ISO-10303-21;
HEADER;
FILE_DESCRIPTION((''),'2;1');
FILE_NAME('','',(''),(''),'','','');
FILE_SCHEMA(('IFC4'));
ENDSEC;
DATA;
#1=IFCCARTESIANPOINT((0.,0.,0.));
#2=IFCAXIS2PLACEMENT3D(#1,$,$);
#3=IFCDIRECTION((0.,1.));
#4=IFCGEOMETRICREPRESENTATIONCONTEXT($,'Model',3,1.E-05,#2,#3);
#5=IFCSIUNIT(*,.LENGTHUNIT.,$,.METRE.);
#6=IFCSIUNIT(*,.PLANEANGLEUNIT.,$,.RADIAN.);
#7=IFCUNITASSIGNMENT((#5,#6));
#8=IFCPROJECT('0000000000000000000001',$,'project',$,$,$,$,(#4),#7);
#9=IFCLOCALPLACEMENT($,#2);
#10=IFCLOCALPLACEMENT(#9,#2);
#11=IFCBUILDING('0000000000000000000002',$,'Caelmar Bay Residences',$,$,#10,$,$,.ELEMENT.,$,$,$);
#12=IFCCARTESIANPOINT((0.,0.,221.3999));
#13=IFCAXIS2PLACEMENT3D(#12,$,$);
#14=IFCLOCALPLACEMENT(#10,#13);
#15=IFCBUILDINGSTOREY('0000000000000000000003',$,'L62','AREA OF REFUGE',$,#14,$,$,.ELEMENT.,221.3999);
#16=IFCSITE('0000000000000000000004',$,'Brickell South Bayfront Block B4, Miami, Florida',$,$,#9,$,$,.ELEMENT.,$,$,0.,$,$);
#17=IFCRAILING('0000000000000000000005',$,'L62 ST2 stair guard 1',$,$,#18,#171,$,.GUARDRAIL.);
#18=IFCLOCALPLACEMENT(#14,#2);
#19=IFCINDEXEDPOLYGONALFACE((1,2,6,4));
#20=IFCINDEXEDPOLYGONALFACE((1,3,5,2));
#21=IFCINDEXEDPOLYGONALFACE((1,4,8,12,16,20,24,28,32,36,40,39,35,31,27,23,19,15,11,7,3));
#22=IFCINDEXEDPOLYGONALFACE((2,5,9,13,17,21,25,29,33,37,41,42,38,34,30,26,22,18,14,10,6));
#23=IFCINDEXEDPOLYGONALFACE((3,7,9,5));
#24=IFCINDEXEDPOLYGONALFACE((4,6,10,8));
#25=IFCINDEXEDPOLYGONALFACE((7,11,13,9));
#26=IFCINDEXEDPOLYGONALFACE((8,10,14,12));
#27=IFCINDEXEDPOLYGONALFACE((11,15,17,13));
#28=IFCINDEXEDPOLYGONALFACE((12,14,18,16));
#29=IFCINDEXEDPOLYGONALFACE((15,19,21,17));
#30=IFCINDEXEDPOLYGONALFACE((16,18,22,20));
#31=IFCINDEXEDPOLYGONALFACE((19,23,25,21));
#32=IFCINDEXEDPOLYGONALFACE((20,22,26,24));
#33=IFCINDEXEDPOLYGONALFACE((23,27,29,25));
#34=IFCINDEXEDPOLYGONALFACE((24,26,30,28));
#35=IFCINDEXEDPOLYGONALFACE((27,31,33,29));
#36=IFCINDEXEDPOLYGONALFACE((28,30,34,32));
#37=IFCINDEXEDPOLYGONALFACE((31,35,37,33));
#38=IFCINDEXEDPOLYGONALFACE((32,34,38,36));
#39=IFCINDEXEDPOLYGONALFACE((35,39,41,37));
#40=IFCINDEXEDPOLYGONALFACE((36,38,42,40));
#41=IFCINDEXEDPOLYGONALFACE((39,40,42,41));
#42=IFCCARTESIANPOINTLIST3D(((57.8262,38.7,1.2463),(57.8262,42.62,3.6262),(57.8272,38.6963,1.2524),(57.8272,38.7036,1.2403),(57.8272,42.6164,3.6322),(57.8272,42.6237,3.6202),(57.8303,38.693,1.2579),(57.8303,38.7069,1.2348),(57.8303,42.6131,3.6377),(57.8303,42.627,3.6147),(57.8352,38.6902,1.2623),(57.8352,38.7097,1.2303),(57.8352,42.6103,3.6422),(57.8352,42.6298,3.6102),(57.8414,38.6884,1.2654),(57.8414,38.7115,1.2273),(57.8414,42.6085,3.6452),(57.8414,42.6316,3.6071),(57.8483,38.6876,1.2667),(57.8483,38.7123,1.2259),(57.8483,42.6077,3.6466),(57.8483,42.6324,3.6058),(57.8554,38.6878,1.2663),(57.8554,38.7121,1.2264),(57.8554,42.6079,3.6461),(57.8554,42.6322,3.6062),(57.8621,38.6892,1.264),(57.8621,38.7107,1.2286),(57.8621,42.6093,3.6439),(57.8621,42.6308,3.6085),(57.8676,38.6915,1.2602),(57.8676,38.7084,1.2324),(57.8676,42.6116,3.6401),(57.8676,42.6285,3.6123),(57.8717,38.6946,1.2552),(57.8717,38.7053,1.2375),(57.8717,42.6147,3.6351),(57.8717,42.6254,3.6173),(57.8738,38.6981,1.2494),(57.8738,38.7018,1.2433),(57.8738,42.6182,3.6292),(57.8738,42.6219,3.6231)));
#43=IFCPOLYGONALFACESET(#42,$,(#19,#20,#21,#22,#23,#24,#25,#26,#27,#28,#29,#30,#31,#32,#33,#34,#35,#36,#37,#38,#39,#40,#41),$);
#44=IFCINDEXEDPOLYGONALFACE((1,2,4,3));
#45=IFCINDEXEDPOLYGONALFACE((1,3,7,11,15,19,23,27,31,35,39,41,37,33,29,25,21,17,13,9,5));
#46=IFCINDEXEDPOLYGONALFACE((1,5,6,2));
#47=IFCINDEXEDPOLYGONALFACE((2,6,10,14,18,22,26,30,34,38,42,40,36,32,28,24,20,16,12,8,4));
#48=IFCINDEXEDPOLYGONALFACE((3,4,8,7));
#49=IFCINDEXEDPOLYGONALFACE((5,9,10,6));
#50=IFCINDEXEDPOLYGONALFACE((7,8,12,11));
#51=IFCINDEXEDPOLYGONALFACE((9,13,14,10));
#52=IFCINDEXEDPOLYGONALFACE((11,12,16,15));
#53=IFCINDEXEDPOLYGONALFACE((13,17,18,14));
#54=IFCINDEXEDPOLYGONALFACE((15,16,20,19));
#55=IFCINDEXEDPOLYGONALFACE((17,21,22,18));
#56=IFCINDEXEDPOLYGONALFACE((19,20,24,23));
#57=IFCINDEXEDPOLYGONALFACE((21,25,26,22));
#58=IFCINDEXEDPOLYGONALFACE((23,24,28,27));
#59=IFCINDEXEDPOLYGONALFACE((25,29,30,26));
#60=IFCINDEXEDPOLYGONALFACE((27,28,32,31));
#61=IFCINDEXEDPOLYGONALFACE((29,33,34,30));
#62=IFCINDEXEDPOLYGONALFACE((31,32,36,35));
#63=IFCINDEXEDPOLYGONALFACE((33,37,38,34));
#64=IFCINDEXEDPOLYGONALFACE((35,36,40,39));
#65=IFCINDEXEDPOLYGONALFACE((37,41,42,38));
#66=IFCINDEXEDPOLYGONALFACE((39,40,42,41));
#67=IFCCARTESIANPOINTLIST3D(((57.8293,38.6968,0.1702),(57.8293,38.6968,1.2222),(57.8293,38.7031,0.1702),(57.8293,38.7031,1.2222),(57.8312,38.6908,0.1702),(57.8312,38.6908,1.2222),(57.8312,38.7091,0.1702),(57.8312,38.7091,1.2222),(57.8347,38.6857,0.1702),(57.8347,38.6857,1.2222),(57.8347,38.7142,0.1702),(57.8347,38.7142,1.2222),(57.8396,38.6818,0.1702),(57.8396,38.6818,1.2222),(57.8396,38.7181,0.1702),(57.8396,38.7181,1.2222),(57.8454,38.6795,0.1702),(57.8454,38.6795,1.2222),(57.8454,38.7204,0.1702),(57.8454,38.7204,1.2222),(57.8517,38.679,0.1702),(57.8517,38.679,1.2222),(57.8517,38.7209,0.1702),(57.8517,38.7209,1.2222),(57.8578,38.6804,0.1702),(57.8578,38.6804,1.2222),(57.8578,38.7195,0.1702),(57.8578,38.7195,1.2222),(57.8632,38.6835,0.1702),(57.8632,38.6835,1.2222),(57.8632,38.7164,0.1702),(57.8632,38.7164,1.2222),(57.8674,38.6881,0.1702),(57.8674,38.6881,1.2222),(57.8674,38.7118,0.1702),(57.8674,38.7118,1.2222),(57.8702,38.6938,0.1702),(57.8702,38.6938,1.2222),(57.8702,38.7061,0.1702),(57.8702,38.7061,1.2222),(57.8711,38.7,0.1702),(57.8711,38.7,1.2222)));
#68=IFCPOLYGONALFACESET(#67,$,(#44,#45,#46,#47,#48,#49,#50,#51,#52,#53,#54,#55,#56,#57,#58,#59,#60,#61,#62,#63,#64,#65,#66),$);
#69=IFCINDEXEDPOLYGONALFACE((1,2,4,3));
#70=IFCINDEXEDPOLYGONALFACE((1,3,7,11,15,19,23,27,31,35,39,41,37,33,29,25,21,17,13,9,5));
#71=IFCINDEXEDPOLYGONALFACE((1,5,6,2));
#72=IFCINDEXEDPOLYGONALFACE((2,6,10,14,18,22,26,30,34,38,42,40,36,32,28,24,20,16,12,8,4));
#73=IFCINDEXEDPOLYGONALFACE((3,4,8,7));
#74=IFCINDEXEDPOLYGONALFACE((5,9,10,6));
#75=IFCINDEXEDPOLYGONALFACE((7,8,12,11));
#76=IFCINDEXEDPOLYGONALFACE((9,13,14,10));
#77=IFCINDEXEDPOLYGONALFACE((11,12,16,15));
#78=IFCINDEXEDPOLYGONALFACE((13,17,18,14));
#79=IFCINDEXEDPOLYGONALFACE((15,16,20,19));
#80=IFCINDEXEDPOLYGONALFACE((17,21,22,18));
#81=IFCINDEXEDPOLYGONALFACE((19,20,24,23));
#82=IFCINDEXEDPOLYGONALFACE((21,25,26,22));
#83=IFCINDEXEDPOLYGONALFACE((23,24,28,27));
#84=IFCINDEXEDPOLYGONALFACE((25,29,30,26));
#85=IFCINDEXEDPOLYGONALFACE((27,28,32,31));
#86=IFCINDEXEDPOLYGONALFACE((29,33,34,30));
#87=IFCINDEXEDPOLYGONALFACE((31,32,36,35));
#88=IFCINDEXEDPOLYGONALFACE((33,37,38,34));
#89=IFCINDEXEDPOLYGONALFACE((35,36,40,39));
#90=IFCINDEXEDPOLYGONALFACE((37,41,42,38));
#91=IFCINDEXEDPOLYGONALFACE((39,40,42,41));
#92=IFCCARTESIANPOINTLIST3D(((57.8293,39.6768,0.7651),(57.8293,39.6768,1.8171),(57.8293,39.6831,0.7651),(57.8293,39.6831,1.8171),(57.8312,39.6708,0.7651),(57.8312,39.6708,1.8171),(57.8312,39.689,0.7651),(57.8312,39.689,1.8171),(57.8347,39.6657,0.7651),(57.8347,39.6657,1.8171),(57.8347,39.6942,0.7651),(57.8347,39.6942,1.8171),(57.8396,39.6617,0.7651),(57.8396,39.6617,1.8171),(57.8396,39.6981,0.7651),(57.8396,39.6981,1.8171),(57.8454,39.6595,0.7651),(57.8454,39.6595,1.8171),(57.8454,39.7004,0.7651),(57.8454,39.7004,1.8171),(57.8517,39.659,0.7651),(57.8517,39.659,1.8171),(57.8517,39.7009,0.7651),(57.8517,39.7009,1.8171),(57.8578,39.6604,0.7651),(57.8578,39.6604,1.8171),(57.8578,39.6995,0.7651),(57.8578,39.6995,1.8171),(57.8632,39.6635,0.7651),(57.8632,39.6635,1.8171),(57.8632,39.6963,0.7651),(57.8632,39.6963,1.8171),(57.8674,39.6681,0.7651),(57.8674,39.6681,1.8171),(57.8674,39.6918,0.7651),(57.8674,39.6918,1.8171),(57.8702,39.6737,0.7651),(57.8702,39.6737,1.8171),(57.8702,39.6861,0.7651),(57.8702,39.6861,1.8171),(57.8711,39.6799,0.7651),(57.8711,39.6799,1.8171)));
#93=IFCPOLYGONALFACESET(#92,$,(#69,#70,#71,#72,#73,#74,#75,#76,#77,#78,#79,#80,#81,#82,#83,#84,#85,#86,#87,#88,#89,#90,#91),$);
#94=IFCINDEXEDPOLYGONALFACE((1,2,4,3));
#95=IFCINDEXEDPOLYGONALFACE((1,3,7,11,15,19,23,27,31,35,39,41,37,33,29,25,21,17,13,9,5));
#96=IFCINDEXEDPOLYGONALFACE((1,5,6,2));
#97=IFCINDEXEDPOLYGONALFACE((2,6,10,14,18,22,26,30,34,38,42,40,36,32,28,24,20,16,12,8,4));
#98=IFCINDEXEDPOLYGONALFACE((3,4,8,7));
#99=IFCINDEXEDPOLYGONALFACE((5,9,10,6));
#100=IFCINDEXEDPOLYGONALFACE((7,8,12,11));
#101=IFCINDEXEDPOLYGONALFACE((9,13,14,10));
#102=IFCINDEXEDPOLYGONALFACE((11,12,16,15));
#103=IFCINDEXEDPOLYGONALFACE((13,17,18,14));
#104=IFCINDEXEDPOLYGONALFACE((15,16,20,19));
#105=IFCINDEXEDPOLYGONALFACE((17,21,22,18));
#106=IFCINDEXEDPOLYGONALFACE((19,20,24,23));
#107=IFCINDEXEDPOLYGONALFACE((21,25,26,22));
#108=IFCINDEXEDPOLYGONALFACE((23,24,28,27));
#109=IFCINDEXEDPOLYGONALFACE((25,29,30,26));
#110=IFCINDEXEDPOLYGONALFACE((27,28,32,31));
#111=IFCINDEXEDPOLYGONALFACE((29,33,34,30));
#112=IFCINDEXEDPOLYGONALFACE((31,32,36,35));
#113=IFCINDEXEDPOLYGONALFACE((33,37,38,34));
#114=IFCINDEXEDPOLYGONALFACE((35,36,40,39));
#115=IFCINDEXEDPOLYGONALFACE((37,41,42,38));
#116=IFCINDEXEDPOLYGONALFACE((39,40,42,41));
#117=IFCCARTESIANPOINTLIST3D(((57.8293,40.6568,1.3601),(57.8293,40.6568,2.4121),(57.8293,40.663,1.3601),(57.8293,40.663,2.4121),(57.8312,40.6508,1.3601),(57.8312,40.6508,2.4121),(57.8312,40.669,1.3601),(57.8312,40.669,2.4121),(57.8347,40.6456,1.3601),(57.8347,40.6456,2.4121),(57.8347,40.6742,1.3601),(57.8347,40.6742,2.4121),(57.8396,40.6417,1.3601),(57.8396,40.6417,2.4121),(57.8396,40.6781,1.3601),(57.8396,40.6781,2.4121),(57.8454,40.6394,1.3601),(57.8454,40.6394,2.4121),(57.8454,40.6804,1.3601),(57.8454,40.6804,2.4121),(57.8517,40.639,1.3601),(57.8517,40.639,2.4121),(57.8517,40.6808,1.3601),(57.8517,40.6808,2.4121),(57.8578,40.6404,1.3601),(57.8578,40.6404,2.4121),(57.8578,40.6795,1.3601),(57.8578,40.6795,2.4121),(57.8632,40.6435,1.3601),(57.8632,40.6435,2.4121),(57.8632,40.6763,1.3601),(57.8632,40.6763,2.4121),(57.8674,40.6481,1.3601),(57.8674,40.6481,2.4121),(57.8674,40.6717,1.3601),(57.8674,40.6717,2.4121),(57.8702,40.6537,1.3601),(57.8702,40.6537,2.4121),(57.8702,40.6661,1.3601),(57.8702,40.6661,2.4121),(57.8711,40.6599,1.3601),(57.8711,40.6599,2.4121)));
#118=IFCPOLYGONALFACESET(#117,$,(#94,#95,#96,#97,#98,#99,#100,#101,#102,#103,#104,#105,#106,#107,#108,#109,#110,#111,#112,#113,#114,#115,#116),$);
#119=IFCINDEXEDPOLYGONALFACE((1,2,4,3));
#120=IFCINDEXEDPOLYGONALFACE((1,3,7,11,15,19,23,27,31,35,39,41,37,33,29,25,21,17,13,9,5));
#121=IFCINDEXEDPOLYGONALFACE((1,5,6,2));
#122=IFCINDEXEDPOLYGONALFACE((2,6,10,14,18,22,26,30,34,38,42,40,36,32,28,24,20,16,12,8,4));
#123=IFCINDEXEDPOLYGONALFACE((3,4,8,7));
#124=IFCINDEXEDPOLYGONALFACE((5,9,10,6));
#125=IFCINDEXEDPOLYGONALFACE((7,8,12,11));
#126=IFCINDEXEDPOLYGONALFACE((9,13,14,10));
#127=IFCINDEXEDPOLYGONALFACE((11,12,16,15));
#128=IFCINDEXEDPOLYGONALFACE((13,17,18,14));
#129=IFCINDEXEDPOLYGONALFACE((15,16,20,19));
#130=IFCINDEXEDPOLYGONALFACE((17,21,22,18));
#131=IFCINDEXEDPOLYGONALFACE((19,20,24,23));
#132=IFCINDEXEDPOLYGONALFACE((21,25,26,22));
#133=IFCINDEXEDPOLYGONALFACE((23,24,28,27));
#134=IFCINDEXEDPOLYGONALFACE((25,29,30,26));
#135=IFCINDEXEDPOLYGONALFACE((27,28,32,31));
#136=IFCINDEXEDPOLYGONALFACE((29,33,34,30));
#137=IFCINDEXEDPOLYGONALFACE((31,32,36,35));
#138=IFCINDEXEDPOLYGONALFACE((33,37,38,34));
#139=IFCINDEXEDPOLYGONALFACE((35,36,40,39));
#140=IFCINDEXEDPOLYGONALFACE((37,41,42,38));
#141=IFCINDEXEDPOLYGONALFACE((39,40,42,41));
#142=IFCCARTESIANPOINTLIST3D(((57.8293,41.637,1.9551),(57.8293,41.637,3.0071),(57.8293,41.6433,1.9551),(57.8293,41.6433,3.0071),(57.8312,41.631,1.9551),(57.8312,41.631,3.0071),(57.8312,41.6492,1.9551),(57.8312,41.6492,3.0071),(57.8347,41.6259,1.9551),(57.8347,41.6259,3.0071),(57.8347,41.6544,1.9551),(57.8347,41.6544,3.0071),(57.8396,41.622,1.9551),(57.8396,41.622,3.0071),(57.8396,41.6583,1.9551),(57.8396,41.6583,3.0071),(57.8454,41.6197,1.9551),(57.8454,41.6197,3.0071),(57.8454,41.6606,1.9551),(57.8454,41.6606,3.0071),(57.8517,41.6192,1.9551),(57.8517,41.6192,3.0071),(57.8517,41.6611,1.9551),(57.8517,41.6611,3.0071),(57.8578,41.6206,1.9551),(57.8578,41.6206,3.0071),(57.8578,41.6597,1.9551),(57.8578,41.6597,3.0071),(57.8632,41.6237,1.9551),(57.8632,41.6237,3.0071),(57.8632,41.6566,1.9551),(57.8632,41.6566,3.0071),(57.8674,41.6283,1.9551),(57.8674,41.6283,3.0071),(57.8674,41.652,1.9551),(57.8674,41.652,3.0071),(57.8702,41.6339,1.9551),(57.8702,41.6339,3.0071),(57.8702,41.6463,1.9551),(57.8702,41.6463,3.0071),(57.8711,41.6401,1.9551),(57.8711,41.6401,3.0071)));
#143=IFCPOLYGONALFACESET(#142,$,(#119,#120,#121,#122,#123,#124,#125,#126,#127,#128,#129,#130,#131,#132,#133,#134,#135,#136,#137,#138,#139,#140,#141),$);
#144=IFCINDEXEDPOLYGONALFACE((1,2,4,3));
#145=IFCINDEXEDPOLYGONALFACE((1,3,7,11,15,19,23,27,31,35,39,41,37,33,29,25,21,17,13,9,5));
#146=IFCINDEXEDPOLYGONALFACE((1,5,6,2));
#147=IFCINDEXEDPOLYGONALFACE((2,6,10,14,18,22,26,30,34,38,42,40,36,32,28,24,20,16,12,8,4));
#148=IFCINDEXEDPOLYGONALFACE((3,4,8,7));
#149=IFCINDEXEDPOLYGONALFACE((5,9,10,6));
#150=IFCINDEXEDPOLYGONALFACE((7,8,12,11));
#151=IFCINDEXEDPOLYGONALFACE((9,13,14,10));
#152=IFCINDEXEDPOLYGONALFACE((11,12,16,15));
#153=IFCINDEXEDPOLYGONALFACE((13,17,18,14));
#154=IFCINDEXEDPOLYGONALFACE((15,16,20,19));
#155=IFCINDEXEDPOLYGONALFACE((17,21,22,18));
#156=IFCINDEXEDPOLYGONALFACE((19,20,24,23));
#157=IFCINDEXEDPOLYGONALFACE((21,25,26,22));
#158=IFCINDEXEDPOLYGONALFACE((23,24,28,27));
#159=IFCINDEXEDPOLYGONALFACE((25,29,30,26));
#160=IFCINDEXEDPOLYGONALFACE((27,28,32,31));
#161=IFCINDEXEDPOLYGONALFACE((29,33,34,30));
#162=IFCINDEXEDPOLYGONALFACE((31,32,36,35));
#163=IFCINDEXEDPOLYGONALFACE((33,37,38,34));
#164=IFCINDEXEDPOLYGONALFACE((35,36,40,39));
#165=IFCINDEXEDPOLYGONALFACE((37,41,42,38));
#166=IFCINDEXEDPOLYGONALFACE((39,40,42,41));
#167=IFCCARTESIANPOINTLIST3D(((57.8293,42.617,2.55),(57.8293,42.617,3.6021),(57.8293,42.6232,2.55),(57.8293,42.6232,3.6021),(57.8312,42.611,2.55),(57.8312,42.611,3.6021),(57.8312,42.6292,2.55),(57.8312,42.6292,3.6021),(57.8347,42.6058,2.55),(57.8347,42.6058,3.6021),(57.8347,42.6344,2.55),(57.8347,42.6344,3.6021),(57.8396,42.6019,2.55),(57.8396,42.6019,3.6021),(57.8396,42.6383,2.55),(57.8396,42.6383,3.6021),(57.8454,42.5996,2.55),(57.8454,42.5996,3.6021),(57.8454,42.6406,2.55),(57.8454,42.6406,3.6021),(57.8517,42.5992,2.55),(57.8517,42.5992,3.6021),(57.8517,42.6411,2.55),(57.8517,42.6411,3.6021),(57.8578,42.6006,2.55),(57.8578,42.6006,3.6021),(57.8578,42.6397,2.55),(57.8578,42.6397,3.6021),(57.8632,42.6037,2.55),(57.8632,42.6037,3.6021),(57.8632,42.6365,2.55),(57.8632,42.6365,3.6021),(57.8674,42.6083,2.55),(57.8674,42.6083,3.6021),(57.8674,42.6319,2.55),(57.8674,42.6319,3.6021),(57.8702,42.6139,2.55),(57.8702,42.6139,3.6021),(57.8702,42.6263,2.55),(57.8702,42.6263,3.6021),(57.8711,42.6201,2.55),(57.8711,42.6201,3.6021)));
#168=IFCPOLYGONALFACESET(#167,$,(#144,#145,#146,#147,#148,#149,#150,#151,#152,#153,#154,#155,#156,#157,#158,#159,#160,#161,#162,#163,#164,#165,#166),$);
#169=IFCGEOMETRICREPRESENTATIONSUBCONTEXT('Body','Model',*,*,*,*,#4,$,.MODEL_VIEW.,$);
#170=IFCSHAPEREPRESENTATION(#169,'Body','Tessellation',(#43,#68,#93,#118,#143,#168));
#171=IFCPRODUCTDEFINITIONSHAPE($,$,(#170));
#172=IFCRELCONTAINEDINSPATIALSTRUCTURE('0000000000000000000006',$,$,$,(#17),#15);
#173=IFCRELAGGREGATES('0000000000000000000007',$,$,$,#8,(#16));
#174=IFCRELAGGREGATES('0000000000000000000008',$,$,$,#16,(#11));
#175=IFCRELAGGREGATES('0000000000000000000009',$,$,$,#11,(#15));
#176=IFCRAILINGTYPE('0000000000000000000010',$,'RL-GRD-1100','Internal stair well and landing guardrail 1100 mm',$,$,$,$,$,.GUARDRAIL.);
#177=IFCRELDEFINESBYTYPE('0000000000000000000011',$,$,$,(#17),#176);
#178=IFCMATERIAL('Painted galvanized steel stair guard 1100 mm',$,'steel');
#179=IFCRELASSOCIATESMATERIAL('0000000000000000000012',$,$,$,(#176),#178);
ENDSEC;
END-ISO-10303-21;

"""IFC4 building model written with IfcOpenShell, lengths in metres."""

from ifc_helpers import new_model, si_unit, direction, frame, origin, origin_2d, place, context, subcontext, project, spatial, circle, extrude, material, type_object, element, save


model = new_model("IFC4")

# Units and contexts
model_context = context("Model", 3, precision=1e-05, world=origin(), true_north=direction((0.0, 1.0)))
body_context = subcontext(model_context, "Body", "Model", "MODEL_VIEW")
ifc_project = project(units=[si_unit("LENGTHUNIT", "METRE"), si_unit("PLANEANGLEUNIT", "RADIAN")], contexts=[model_context])

# Site, building, storey
site_placement = place(None, origin())
site = spatial("IfcSite", under=ifc_project, at=site_placement, Name="Brickell South Bayfront Block B4, Miami, Florida", CompositionType="ELEMENT", RefElevation=0.0)
building_placement = place(site_placement, origin())
building = spatial("IfcBuilding", under=site, at=building_placement, Name="Caelmar Bay Residences", CompositionType="ELEMENT")
storey_placement = place(building_placement, frame((0.0, 0.0, 221.3999)))
storey = spatial("IfcBuildingStorey", under=building, at=storey_placement, Name="L62", Description="AREA OF REFUGE", CompositionType="ELEMENT", Elevation=221.3999)

# Railing
ifc_material_1 = material(Name="Painted galvanized steel stair guard 1100 mm", Category="steel")
railing_type_1 = type_object("IfcRailingType", Name="RL-GRD-1100", Description="Internal stair well and landing guardrail 1100 mm", PredefinedType="GUARDRAIL", material=ifc_material_1)
railing_1_placement = place(storey_placement, frame((57.8501, 38.7, 0.1702)))
element("IfcRailing", 1, at=railing_1_placement, inside=storey, type_object=railing_type_1, Name="L62 ST2 stair guard 1", PredefinedType="GUARDRAIL", context=body_context, shape_type="SweptSolid", body=[
    extrude(circle(Radius=0.0239, at=origin_2d()), frame((0.0, 0.0, 1.0762), z_axis=(0.0, 0.854809, 0.518943), x_axis=(-1.0, 0.0, 0.0)), (0.0, 0.0, 1.0), 4.5859),
    extrude(circle(Radius=0.021, at=origin_2d()), origin(), (0.0, 0.0, 1.0), 1.052),
    extrude(circle(Radius=0.021, at=origin_2d()), frame((0.0, 0.98, 0.595)), (0.0, 0.0, 1.0), 1.052),
    extrude(circle(Radius=0.021, at=origin_2d()), frame((0.0, 1.96, 1.1899)), (0.0, 0.0, 1.0), 1.052),
    extrude(circle(Radius=0.021, at=origin_2d()), frame((0.0, 2.9402, 1.7849)), (0.0, 0.0, 1.0), 1.052),
    extrude(circle(Radius=0.021, at=origin_2d()), frame((0.0, 3.9202, 2.3799)), (0.0, 0.0, 1.0), 1.052),
])

save(model, "model.ifc")
